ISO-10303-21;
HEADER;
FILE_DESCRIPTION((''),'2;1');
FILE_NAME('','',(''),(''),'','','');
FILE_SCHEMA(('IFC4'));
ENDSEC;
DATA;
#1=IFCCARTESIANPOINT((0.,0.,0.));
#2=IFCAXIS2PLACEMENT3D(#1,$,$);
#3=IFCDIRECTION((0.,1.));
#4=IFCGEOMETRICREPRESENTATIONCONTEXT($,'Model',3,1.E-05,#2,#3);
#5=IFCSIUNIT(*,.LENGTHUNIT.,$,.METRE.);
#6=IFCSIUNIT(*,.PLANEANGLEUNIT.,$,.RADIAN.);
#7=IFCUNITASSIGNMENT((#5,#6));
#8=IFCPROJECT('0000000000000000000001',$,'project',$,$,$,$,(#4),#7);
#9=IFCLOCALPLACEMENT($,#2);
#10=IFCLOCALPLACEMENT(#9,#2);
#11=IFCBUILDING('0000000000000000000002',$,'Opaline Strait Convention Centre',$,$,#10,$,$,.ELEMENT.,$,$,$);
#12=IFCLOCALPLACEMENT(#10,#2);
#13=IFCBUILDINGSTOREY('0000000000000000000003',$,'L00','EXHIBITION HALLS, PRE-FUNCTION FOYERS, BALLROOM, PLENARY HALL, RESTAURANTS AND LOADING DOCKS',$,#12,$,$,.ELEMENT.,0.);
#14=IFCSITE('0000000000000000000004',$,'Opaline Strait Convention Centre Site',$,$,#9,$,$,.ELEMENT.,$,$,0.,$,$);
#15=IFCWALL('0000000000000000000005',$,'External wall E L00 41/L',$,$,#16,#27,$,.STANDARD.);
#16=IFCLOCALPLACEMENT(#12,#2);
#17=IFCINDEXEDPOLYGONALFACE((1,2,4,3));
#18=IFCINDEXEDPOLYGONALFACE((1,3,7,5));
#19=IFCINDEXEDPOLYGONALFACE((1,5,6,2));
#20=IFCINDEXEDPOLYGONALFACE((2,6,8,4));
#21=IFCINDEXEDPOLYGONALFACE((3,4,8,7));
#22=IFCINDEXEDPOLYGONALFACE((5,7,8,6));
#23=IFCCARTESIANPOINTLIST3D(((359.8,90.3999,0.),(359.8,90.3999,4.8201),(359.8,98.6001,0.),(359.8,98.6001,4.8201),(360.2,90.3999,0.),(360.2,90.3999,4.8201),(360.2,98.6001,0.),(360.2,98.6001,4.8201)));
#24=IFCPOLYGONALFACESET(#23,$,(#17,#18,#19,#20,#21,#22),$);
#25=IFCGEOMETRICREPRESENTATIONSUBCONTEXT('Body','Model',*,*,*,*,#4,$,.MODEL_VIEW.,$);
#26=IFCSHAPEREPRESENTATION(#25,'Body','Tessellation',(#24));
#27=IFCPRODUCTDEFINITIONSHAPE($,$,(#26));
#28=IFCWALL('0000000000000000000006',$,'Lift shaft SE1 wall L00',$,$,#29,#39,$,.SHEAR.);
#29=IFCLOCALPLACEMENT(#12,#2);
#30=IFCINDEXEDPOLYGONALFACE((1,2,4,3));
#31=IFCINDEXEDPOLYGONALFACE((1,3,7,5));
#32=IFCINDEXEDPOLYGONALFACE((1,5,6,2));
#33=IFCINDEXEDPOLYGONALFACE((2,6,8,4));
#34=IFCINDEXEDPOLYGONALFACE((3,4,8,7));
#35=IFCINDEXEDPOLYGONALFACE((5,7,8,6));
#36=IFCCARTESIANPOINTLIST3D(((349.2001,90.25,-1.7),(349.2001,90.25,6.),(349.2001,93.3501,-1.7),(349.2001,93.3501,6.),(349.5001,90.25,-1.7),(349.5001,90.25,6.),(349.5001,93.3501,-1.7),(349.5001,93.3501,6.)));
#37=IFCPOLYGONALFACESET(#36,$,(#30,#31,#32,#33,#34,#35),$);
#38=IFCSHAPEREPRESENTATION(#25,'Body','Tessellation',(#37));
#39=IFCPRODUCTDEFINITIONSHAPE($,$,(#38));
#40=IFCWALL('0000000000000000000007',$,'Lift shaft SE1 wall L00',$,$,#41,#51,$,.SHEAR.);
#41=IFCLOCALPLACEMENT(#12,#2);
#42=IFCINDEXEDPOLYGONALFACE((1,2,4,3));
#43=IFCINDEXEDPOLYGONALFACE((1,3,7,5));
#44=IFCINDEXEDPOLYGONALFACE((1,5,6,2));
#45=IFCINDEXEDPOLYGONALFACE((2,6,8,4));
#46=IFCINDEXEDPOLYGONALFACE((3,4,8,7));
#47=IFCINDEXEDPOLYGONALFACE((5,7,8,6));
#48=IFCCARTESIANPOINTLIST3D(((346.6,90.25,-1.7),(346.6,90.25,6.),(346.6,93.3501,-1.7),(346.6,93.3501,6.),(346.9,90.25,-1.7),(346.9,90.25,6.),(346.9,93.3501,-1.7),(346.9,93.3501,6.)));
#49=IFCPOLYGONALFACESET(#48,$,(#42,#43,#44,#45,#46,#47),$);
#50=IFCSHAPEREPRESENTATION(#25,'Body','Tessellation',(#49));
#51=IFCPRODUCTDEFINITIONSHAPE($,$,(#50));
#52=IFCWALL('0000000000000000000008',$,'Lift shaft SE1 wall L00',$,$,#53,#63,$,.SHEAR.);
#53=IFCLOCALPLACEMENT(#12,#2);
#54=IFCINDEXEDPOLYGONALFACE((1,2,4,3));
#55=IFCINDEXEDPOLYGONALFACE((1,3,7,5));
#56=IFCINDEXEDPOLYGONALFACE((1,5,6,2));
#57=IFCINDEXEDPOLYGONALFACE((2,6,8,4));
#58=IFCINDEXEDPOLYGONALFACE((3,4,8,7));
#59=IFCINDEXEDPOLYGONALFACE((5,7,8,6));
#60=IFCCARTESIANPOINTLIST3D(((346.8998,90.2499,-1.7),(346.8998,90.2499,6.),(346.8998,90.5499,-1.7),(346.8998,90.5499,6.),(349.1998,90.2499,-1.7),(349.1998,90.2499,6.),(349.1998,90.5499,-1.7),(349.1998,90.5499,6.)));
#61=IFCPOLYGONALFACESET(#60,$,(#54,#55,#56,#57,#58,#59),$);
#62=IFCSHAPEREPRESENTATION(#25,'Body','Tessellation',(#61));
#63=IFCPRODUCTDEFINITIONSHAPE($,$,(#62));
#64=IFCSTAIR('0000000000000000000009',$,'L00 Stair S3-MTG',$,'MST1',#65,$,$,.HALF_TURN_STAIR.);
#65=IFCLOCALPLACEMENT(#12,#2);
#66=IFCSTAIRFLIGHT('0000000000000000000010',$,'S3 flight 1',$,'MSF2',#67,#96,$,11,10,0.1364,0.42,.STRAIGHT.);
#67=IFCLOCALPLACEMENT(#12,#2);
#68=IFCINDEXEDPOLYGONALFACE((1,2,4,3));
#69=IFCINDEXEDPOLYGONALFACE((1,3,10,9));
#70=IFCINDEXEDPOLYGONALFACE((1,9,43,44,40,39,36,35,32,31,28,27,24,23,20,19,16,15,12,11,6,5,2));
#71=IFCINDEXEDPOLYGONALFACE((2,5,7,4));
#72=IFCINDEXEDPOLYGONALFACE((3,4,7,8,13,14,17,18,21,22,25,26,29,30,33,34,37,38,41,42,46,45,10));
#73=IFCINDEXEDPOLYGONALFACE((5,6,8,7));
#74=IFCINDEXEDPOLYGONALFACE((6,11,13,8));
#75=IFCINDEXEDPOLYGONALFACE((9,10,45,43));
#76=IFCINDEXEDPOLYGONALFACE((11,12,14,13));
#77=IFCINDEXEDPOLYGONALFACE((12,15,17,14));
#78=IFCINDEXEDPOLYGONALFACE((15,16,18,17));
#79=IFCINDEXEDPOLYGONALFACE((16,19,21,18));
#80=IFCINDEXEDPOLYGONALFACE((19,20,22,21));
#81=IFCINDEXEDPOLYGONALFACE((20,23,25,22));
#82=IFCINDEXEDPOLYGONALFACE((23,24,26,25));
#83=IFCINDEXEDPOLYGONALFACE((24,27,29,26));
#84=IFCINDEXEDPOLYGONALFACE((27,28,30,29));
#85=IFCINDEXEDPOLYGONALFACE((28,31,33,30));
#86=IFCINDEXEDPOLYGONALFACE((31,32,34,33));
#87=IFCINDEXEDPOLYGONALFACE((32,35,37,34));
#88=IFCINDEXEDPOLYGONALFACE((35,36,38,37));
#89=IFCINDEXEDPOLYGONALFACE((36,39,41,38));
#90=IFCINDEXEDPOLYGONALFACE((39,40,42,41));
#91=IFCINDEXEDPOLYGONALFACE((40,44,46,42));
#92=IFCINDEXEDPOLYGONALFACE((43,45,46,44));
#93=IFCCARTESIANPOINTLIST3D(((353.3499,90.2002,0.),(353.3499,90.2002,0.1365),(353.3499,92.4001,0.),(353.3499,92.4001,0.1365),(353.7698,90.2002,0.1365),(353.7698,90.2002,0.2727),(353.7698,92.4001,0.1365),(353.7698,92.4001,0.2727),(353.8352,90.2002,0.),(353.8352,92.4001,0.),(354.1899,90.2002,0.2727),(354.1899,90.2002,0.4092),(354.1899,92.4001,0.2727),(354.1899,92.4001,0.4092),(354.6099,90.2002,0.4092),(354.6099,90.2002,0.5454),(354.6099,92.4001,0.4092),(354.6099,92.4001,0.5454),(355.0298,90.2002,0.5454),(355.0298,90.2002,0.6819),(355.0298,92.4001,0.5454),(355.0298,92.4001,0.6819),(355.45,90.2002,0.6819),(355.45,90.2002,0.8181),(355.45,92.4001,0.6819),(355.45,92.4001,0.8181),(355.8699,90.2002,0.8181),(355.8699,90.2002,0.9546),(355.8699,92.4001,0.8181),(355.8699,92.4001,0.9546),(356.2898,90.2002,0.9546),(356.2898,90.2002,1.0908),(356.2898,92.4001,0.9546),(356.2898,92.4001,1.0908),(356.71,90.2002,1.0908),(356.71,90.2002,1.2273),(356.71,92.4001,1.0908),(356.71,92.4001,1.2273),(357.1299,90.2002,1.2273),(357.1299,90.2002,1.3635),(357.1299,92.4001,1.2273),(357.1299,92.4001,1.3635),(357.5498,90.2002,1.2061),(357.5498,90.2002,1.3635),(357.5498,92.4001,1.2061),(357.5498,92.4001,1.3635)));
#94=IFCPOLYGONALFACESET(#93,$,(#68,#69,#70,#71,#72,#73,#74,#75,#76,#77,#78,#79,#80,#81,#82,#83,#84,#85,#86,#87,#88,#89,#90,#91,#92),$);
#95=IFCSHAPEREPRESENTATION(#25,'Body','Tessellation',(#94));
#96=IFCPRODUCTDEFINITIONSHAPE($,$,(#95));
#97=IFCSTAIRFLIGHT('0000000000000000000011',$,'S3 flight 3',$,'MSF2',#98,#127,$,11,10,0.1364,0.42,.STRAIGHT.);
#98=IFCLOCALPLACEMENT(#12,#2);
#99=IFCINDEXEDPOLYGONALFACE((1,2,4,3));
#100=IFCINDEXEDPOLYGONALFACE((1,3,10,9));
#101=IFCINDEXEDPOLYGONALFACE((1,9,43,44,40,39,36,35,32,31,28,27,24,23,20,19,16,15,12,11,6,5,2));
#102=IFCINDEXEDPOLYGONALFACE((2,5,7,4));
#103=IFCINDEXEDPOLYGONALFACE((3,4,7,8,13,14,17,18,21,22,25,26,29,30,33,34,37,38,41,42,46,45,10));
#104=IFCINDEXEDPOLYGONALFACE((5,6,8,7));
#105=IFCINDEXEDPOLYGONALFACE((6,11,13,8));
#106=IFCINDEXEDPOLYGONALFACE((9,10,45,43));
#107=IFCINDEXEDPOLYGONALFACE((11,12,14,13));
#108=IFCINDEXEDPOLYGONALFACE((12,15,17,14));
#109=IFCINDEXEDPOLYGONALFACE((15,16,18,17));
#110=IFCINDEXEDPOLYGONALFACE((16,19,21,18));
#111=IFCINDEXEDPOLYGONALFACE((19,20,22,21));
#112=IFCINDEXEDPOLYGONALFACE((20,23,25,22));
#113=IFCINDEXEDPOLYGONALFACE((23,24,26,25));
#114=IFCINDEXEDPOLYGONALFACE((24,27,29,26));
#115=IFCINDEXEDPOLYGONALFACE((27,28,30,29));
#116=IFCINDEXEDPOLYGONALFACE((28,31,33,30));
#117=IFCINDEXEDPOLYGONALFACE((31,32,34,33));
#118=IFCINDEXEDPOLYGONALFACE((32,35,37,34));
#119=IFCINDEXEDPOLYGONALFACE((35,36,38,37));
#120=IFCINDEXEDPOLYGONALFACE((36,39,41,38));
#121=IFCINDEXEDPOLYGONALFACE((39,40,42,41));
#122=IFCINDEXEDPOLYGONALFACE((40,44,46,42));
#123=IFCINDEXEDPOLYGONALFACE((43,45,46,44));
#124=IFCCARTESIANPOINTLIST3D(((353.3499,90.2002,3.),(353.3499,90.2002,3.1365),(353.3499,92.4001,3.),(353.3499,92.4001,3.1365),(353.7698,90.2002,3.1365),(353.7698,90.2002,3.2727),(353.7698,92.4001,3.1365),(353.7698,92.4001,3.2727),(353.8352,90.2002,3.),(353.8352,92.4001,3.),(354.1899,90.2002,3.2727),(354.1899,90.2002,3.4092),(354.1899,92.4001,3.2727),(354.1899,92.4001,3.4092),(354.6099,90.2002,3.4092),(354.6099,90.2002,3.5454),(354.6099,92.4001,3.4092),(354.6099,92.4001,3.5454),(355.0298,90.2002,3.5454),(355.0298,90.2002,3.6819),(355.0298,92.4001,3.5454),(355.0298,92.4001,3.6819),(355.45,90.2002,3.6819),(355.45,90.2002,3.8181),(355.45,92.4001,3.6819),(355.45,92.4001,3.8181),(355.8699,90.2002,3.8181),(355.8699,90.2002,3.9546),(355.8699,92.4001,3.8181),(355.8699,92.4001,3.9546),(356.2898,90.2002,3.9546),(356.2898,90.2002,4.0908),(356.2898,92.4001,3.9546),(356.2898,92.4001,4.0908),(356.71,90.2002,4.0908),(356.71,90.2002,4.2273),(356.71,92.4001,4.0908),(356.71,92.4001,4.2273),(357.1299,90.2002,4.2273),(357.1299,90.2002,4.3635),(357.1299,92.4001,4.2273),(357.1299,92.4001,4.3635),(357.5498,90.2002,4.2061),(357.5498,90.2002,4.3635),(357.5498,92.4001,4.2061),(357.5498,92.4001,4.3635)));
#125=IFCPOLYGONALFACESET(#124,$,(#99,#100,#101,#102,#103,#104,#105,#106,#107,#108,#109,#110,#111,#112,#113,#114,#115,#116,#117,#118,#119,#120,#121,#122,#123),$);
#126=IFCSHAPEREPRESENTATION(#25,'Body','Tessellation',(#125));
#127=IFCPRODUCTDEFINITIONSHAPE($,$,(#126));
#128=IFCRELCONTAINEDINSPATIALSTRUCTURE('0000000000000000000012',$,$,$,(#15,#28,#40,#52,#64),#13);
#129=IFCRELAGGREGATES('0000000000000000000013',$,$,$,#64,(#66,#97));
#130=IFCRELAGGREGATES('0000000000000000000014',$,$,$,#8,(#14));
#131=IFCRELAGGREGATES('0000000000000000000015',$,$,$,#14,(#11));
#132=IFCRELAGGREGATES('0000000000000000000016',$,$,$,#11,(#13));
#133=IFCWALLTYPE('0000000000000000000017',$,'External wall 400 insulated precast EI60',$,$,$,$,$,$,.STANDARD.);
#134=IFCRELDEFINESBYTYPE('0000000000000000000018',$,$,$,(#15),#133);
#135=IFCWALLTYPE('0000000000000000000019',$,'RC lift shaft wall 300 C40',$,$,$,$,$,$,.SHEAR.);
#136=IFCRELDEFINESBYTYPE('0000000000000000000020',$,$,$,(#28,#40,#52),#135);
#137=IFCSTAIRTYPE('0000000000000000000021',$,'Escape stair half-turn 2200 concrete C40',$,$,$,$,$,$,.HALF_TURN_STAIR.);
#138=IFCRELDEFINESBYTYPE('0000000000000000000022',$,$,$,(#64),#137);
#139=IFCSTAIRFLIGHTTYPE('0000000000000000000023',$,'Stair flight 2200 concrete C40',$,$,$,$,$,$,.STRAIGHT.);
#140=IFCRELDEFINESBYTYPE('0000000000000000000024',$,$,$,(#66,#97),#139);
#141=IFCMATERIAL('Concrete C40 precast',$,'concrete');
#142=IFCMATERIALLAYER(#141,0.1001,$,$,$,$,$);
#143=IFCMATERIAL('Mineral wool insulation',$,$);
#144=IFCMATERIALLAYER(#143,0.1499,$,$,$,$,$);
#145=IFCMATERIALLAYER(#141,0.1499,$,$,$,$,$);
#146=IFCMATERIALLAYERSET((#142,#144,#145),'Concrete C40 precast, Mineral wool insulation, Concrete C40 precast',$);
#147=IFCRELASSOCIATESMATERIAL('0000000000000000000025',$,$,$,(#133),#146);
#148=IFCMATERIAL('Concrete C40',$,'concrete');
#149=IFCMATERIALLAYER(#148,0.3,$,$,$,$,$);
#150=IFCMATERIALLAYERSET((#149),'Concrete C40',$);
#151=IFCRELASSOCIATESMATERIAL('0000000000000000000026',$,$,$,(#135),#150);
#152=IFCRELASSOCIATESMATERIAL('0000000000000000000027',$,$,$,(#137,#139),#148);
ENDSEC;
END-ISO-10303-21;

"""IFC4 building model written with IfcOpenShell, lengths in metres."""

from ifc_helpers import new_model, si_unit, direction, frame, frame_2d, origin, place, context, subcontext, project, spatial, polyline, rectangle, outline, extrude, material, layer, layer_set, type_object, element, aggregate, save


model = new_model("IFC4")

# Units and contexts
model_context = context("Model", 3, precision=1e-05, world=origin(), true_north=direction((0.0, 1.0)))
body_context = subcontext(model_context, "Body", "Model", "MODEL_VIEW")
ifc_project = project(units=[si_unit("LENGTHUNIT", "METRE"), si_unit("PLANEANGLEUNIT", "RADIAN")], contexts=[model_context])

# Site, building, storey
site_placement = place(None, origin())
site = spatial("IfcSite", under=ifc_project, at=site_placement, Name="Opaline Strait Convention Centre Site", CompositionType="ELEMENT", RefElevation=0.0)
building_placement = place(site_placement, origin())
building = spatial("IfcBuilding", under=site, at=building_placement, Name="Opaline Strait Convention Centre", CompositionType="ELEMENT")
storey_placement = place(building_placement, origin())
storey = spatial("IfcBuildingStorey", under=building, at=storey_placement, Name="L00", Description="EXHIBITION HALLS, PRE-FUNCTION FOYERS, BALLROOM, PLENARY HALL, RESTAURANTS AND LOADING DOCKS", CompositionType="ELEMENT", Elevation=0.0)

# Shared definitions
ifc_material_1 = material(Name="Concrete C40", Category="concrete")

# Shared definitions
ifc_material_2 = material(Name="Concrete C40 precast", Category="concrete")
ifc_layer_1 = layer(ifc_material_2, 0.1001)
ifc_material_3 = material(Name="Mineral wool insulation")
ifc_layer_2 = layer(ifc_material_3, 0.1499)
ifc_layer_3 = layer(ifc_material_2, 0.1499)
ifc_layer_set_1 = layer_set([ifc_layer_1, ifc_layer_2, ifc_layer_3], Name="Concrete C40 precast, Mineral wool insulation, Concrete C40 precast")
wall_type_1 = type_object("IfcWallType", Name="External wall 400 insulated precast EI60", PredefinedType="STANDARD", material=ifc_layer_set_1)

# Wall
wall_1_placement = place(storey_placement, frame((360.0, 90.3999, 0.0), z_axis=(0.0, 0.0, 1.0), x_axis=(0.0, 1.0, 0.0)))
element("IfcWall", 1, at=wall_1_placement, inside=storey, type_object=wall_type_1, Name="External wall E L00 41/L", PredefinedType="STANDARD", context=body_context, shape_type="SweptSolid", body=[
    extrude(rectangle(XDim=8.2002, YDim=0.3999, at=frame_2d((4.1001, 0.0))), origin(), (0.0, 0.0, 1.0), 4.8201),
])

# Walls
ifc_layer_4 = layer(ifc_material_1, 0.3)
ifc_layer_set_2 = layer_set([ifc_layer_4], Name="Concrete C40")
wall_type_2 = type_object("IfcWallType", Name="RC lift shaft wall 300 C40", PredefinedType="SHEAR", material=ifc_layer_set_2)
for number, where, z_axis, x_axis, name in (
    (2, (349.3501, 90.25, -1.7), (0.0, 0.0, 1.0), (0.0, 1.0, 0.0), "Lift shaft SE1 wall L00"),
    (3, (346.75, 90.25, -1.7), (0.0, 0.0, 1.0), (0.0, 1.0, 0.0), "Lift shaft SE1 wall L00"),
):
    element("IfcWall", number, at=place(storey_placement, frame(where, z_axis=z_axis, x_axis=x_axis)), inside=storey, type_object=wall_type_2, Name=name, PredefinedType="SHEAR", context=body_context, shape_type="SweptSolid", body=[
        extrude(rectangle(XDim=3.1001, YDim=0.3, at=frame_2d((1.55, 0.0))), origin(), (0.0, 0.0, 1.0), 7.7),
    ])
wall_2_placement = place(storey_placement, frame((346.8999, 90.3999, -1.7), z_axis=(0.0, 0.0, 1.0), x_axis=(1.0, 0.0, 0.0)))
element("IfcWall", 4, at=wall_2_placement, inside=storey, type_object=wall_type_2, Name="Lift shaft SE1 wall L00", PredefinedType="SHEAR", context=body_context, shape_type="SweptSolid", body=[
    extrude(rectangle(XDim=2.3, YDim=0.3, at=frame_2d((1.1499, 0.0))), origin(), (0.0, 0.0, 1.0), 7.7),
])

# Stair, stair flights
stair_type = type_object("IfcStairType", Name="Escape stair half-turn 2200 concrete C40", PredefinedType="HALF_TURN_STAIR", material=ifc_material_1)
stair_placement = place(storey_placement, origin())
stair = element("IfcStair", 5, at=stair_placement, inside=storey, type_object=stair_type, Name="L00 Stair S3-MTG", ObjectType="MST1", PredefinedType="HALF_TURN_STAIR")
stair_flight_type = type_object("IfcStairFlightType", Name="Stair flight 2200 concrete C40", PredefinedType="STRAIGHT", material=ifc_material_1)
stair_flight_1_placement = place(storey_placement, frame((353.3499, 91.3, 0.0), z_axis=(0.0, 0.0, 1.0), x_axis=(1.0, 0.0, 0.0)))
stair_flight_1 = element("IfcStairFlight", 6, at=stair_flight_1_placement, type_object=stair_flight_type, Name="S3 flight 1", ObjectType="MSF2", NumberOfRisers=11, NumberOfTreads=10, PredefinedType="STRAIGHT", RiserHeight=0.1364, TreadLength=0.42, context=body_context, shape_type="SweptSolid", body=[
    extrude(outline(polyline([(0.0, 0.0), (0.0, 0.1365), (0.4199, 0.1365), (0.4199, 0.2727), (0.8401, 0.2727), (0.8401, 0.4092), (1.26, 0.4092), (1.26, 0.5454), (1.6799, 0.5454), (1.6799, 0.6819), (2.1001, 0.6819), (2.1001, 0.8181), (2.52, 0.8181), (2.52, 0.9546), (2.9399, 0.9546), (2.9399, 1.0908), (3.3601, 1.0908), (3.3601, 1.2273), (3.78, 1.2273), (3.78, 1.3635), (4.2, 1.3635), (4.2, 1.5), (4.2, 1.2061), (0.4854, 0.0), (0.0, 0.0)])), frame((0.0, 1.1001, 0.0), z_axis=(0.0, -1.0, 0.0), x_axis=(1.0, 0.0, 0.0)), (0.0, 0.0, 1.0), 2.2),
])
stair_flight_2_placement = place(storey_placement, frame((353.3499, 91.3, 3.0), z_axis=(0.0, 0.0, 1.0), x_axis=(1.0, 0.0, 0.0)))
stair_flight_2 = element("IfcStairFlight", 7, at=stair_flight_2_placement, type_object=stair_flight_type, Name="S3 flight 3", ObjectType="MSF2", NumberOfRisers=11, NumberOfTreads=10, PredefinedType="STRAIGHT", RiserHeight=0.1364, TreadLength=0.42, context=body_context, shape_type="SweptSolid", body=[
    extrude(outline(polyline([(0.0, 0.0), (0.0, 0.1365), (0.4199, 0.1365), (0.4199, 0.2727), (0.8401, 0.2727), (0.8401, 0.4092), (1.26, 0.4092), (1.26, 0.5454), (1.6799, 0.5454), (1.6799, 0.6819), (2.1001, 0.6819), (2.1001, 0.8181), (2.52, 0.8181), (2.52, 0.9546), (2.9399, 0.9546), (2.9399, 1.0908), (3.3601, 1.0908), (3.3601, 1.2273), (3.78, 1.2273), (3.78, 1.3635), (4.2, 1.3635), (4.2, 1.5), (4.2, 1.2061), (0.4854, 0.0), (0.0, 0.0)])), frame((0.0, 1.1001, 0.0), z_axis=(0.0, -1.0, 0.0), x_axis=(1.0, 0.0, 0.0)), (0.0, 0.0, 1.0), 2.2),
])
aggregate(stair, [stair_flight_1, stair_flight_2])

save(model, "model.ifc")
